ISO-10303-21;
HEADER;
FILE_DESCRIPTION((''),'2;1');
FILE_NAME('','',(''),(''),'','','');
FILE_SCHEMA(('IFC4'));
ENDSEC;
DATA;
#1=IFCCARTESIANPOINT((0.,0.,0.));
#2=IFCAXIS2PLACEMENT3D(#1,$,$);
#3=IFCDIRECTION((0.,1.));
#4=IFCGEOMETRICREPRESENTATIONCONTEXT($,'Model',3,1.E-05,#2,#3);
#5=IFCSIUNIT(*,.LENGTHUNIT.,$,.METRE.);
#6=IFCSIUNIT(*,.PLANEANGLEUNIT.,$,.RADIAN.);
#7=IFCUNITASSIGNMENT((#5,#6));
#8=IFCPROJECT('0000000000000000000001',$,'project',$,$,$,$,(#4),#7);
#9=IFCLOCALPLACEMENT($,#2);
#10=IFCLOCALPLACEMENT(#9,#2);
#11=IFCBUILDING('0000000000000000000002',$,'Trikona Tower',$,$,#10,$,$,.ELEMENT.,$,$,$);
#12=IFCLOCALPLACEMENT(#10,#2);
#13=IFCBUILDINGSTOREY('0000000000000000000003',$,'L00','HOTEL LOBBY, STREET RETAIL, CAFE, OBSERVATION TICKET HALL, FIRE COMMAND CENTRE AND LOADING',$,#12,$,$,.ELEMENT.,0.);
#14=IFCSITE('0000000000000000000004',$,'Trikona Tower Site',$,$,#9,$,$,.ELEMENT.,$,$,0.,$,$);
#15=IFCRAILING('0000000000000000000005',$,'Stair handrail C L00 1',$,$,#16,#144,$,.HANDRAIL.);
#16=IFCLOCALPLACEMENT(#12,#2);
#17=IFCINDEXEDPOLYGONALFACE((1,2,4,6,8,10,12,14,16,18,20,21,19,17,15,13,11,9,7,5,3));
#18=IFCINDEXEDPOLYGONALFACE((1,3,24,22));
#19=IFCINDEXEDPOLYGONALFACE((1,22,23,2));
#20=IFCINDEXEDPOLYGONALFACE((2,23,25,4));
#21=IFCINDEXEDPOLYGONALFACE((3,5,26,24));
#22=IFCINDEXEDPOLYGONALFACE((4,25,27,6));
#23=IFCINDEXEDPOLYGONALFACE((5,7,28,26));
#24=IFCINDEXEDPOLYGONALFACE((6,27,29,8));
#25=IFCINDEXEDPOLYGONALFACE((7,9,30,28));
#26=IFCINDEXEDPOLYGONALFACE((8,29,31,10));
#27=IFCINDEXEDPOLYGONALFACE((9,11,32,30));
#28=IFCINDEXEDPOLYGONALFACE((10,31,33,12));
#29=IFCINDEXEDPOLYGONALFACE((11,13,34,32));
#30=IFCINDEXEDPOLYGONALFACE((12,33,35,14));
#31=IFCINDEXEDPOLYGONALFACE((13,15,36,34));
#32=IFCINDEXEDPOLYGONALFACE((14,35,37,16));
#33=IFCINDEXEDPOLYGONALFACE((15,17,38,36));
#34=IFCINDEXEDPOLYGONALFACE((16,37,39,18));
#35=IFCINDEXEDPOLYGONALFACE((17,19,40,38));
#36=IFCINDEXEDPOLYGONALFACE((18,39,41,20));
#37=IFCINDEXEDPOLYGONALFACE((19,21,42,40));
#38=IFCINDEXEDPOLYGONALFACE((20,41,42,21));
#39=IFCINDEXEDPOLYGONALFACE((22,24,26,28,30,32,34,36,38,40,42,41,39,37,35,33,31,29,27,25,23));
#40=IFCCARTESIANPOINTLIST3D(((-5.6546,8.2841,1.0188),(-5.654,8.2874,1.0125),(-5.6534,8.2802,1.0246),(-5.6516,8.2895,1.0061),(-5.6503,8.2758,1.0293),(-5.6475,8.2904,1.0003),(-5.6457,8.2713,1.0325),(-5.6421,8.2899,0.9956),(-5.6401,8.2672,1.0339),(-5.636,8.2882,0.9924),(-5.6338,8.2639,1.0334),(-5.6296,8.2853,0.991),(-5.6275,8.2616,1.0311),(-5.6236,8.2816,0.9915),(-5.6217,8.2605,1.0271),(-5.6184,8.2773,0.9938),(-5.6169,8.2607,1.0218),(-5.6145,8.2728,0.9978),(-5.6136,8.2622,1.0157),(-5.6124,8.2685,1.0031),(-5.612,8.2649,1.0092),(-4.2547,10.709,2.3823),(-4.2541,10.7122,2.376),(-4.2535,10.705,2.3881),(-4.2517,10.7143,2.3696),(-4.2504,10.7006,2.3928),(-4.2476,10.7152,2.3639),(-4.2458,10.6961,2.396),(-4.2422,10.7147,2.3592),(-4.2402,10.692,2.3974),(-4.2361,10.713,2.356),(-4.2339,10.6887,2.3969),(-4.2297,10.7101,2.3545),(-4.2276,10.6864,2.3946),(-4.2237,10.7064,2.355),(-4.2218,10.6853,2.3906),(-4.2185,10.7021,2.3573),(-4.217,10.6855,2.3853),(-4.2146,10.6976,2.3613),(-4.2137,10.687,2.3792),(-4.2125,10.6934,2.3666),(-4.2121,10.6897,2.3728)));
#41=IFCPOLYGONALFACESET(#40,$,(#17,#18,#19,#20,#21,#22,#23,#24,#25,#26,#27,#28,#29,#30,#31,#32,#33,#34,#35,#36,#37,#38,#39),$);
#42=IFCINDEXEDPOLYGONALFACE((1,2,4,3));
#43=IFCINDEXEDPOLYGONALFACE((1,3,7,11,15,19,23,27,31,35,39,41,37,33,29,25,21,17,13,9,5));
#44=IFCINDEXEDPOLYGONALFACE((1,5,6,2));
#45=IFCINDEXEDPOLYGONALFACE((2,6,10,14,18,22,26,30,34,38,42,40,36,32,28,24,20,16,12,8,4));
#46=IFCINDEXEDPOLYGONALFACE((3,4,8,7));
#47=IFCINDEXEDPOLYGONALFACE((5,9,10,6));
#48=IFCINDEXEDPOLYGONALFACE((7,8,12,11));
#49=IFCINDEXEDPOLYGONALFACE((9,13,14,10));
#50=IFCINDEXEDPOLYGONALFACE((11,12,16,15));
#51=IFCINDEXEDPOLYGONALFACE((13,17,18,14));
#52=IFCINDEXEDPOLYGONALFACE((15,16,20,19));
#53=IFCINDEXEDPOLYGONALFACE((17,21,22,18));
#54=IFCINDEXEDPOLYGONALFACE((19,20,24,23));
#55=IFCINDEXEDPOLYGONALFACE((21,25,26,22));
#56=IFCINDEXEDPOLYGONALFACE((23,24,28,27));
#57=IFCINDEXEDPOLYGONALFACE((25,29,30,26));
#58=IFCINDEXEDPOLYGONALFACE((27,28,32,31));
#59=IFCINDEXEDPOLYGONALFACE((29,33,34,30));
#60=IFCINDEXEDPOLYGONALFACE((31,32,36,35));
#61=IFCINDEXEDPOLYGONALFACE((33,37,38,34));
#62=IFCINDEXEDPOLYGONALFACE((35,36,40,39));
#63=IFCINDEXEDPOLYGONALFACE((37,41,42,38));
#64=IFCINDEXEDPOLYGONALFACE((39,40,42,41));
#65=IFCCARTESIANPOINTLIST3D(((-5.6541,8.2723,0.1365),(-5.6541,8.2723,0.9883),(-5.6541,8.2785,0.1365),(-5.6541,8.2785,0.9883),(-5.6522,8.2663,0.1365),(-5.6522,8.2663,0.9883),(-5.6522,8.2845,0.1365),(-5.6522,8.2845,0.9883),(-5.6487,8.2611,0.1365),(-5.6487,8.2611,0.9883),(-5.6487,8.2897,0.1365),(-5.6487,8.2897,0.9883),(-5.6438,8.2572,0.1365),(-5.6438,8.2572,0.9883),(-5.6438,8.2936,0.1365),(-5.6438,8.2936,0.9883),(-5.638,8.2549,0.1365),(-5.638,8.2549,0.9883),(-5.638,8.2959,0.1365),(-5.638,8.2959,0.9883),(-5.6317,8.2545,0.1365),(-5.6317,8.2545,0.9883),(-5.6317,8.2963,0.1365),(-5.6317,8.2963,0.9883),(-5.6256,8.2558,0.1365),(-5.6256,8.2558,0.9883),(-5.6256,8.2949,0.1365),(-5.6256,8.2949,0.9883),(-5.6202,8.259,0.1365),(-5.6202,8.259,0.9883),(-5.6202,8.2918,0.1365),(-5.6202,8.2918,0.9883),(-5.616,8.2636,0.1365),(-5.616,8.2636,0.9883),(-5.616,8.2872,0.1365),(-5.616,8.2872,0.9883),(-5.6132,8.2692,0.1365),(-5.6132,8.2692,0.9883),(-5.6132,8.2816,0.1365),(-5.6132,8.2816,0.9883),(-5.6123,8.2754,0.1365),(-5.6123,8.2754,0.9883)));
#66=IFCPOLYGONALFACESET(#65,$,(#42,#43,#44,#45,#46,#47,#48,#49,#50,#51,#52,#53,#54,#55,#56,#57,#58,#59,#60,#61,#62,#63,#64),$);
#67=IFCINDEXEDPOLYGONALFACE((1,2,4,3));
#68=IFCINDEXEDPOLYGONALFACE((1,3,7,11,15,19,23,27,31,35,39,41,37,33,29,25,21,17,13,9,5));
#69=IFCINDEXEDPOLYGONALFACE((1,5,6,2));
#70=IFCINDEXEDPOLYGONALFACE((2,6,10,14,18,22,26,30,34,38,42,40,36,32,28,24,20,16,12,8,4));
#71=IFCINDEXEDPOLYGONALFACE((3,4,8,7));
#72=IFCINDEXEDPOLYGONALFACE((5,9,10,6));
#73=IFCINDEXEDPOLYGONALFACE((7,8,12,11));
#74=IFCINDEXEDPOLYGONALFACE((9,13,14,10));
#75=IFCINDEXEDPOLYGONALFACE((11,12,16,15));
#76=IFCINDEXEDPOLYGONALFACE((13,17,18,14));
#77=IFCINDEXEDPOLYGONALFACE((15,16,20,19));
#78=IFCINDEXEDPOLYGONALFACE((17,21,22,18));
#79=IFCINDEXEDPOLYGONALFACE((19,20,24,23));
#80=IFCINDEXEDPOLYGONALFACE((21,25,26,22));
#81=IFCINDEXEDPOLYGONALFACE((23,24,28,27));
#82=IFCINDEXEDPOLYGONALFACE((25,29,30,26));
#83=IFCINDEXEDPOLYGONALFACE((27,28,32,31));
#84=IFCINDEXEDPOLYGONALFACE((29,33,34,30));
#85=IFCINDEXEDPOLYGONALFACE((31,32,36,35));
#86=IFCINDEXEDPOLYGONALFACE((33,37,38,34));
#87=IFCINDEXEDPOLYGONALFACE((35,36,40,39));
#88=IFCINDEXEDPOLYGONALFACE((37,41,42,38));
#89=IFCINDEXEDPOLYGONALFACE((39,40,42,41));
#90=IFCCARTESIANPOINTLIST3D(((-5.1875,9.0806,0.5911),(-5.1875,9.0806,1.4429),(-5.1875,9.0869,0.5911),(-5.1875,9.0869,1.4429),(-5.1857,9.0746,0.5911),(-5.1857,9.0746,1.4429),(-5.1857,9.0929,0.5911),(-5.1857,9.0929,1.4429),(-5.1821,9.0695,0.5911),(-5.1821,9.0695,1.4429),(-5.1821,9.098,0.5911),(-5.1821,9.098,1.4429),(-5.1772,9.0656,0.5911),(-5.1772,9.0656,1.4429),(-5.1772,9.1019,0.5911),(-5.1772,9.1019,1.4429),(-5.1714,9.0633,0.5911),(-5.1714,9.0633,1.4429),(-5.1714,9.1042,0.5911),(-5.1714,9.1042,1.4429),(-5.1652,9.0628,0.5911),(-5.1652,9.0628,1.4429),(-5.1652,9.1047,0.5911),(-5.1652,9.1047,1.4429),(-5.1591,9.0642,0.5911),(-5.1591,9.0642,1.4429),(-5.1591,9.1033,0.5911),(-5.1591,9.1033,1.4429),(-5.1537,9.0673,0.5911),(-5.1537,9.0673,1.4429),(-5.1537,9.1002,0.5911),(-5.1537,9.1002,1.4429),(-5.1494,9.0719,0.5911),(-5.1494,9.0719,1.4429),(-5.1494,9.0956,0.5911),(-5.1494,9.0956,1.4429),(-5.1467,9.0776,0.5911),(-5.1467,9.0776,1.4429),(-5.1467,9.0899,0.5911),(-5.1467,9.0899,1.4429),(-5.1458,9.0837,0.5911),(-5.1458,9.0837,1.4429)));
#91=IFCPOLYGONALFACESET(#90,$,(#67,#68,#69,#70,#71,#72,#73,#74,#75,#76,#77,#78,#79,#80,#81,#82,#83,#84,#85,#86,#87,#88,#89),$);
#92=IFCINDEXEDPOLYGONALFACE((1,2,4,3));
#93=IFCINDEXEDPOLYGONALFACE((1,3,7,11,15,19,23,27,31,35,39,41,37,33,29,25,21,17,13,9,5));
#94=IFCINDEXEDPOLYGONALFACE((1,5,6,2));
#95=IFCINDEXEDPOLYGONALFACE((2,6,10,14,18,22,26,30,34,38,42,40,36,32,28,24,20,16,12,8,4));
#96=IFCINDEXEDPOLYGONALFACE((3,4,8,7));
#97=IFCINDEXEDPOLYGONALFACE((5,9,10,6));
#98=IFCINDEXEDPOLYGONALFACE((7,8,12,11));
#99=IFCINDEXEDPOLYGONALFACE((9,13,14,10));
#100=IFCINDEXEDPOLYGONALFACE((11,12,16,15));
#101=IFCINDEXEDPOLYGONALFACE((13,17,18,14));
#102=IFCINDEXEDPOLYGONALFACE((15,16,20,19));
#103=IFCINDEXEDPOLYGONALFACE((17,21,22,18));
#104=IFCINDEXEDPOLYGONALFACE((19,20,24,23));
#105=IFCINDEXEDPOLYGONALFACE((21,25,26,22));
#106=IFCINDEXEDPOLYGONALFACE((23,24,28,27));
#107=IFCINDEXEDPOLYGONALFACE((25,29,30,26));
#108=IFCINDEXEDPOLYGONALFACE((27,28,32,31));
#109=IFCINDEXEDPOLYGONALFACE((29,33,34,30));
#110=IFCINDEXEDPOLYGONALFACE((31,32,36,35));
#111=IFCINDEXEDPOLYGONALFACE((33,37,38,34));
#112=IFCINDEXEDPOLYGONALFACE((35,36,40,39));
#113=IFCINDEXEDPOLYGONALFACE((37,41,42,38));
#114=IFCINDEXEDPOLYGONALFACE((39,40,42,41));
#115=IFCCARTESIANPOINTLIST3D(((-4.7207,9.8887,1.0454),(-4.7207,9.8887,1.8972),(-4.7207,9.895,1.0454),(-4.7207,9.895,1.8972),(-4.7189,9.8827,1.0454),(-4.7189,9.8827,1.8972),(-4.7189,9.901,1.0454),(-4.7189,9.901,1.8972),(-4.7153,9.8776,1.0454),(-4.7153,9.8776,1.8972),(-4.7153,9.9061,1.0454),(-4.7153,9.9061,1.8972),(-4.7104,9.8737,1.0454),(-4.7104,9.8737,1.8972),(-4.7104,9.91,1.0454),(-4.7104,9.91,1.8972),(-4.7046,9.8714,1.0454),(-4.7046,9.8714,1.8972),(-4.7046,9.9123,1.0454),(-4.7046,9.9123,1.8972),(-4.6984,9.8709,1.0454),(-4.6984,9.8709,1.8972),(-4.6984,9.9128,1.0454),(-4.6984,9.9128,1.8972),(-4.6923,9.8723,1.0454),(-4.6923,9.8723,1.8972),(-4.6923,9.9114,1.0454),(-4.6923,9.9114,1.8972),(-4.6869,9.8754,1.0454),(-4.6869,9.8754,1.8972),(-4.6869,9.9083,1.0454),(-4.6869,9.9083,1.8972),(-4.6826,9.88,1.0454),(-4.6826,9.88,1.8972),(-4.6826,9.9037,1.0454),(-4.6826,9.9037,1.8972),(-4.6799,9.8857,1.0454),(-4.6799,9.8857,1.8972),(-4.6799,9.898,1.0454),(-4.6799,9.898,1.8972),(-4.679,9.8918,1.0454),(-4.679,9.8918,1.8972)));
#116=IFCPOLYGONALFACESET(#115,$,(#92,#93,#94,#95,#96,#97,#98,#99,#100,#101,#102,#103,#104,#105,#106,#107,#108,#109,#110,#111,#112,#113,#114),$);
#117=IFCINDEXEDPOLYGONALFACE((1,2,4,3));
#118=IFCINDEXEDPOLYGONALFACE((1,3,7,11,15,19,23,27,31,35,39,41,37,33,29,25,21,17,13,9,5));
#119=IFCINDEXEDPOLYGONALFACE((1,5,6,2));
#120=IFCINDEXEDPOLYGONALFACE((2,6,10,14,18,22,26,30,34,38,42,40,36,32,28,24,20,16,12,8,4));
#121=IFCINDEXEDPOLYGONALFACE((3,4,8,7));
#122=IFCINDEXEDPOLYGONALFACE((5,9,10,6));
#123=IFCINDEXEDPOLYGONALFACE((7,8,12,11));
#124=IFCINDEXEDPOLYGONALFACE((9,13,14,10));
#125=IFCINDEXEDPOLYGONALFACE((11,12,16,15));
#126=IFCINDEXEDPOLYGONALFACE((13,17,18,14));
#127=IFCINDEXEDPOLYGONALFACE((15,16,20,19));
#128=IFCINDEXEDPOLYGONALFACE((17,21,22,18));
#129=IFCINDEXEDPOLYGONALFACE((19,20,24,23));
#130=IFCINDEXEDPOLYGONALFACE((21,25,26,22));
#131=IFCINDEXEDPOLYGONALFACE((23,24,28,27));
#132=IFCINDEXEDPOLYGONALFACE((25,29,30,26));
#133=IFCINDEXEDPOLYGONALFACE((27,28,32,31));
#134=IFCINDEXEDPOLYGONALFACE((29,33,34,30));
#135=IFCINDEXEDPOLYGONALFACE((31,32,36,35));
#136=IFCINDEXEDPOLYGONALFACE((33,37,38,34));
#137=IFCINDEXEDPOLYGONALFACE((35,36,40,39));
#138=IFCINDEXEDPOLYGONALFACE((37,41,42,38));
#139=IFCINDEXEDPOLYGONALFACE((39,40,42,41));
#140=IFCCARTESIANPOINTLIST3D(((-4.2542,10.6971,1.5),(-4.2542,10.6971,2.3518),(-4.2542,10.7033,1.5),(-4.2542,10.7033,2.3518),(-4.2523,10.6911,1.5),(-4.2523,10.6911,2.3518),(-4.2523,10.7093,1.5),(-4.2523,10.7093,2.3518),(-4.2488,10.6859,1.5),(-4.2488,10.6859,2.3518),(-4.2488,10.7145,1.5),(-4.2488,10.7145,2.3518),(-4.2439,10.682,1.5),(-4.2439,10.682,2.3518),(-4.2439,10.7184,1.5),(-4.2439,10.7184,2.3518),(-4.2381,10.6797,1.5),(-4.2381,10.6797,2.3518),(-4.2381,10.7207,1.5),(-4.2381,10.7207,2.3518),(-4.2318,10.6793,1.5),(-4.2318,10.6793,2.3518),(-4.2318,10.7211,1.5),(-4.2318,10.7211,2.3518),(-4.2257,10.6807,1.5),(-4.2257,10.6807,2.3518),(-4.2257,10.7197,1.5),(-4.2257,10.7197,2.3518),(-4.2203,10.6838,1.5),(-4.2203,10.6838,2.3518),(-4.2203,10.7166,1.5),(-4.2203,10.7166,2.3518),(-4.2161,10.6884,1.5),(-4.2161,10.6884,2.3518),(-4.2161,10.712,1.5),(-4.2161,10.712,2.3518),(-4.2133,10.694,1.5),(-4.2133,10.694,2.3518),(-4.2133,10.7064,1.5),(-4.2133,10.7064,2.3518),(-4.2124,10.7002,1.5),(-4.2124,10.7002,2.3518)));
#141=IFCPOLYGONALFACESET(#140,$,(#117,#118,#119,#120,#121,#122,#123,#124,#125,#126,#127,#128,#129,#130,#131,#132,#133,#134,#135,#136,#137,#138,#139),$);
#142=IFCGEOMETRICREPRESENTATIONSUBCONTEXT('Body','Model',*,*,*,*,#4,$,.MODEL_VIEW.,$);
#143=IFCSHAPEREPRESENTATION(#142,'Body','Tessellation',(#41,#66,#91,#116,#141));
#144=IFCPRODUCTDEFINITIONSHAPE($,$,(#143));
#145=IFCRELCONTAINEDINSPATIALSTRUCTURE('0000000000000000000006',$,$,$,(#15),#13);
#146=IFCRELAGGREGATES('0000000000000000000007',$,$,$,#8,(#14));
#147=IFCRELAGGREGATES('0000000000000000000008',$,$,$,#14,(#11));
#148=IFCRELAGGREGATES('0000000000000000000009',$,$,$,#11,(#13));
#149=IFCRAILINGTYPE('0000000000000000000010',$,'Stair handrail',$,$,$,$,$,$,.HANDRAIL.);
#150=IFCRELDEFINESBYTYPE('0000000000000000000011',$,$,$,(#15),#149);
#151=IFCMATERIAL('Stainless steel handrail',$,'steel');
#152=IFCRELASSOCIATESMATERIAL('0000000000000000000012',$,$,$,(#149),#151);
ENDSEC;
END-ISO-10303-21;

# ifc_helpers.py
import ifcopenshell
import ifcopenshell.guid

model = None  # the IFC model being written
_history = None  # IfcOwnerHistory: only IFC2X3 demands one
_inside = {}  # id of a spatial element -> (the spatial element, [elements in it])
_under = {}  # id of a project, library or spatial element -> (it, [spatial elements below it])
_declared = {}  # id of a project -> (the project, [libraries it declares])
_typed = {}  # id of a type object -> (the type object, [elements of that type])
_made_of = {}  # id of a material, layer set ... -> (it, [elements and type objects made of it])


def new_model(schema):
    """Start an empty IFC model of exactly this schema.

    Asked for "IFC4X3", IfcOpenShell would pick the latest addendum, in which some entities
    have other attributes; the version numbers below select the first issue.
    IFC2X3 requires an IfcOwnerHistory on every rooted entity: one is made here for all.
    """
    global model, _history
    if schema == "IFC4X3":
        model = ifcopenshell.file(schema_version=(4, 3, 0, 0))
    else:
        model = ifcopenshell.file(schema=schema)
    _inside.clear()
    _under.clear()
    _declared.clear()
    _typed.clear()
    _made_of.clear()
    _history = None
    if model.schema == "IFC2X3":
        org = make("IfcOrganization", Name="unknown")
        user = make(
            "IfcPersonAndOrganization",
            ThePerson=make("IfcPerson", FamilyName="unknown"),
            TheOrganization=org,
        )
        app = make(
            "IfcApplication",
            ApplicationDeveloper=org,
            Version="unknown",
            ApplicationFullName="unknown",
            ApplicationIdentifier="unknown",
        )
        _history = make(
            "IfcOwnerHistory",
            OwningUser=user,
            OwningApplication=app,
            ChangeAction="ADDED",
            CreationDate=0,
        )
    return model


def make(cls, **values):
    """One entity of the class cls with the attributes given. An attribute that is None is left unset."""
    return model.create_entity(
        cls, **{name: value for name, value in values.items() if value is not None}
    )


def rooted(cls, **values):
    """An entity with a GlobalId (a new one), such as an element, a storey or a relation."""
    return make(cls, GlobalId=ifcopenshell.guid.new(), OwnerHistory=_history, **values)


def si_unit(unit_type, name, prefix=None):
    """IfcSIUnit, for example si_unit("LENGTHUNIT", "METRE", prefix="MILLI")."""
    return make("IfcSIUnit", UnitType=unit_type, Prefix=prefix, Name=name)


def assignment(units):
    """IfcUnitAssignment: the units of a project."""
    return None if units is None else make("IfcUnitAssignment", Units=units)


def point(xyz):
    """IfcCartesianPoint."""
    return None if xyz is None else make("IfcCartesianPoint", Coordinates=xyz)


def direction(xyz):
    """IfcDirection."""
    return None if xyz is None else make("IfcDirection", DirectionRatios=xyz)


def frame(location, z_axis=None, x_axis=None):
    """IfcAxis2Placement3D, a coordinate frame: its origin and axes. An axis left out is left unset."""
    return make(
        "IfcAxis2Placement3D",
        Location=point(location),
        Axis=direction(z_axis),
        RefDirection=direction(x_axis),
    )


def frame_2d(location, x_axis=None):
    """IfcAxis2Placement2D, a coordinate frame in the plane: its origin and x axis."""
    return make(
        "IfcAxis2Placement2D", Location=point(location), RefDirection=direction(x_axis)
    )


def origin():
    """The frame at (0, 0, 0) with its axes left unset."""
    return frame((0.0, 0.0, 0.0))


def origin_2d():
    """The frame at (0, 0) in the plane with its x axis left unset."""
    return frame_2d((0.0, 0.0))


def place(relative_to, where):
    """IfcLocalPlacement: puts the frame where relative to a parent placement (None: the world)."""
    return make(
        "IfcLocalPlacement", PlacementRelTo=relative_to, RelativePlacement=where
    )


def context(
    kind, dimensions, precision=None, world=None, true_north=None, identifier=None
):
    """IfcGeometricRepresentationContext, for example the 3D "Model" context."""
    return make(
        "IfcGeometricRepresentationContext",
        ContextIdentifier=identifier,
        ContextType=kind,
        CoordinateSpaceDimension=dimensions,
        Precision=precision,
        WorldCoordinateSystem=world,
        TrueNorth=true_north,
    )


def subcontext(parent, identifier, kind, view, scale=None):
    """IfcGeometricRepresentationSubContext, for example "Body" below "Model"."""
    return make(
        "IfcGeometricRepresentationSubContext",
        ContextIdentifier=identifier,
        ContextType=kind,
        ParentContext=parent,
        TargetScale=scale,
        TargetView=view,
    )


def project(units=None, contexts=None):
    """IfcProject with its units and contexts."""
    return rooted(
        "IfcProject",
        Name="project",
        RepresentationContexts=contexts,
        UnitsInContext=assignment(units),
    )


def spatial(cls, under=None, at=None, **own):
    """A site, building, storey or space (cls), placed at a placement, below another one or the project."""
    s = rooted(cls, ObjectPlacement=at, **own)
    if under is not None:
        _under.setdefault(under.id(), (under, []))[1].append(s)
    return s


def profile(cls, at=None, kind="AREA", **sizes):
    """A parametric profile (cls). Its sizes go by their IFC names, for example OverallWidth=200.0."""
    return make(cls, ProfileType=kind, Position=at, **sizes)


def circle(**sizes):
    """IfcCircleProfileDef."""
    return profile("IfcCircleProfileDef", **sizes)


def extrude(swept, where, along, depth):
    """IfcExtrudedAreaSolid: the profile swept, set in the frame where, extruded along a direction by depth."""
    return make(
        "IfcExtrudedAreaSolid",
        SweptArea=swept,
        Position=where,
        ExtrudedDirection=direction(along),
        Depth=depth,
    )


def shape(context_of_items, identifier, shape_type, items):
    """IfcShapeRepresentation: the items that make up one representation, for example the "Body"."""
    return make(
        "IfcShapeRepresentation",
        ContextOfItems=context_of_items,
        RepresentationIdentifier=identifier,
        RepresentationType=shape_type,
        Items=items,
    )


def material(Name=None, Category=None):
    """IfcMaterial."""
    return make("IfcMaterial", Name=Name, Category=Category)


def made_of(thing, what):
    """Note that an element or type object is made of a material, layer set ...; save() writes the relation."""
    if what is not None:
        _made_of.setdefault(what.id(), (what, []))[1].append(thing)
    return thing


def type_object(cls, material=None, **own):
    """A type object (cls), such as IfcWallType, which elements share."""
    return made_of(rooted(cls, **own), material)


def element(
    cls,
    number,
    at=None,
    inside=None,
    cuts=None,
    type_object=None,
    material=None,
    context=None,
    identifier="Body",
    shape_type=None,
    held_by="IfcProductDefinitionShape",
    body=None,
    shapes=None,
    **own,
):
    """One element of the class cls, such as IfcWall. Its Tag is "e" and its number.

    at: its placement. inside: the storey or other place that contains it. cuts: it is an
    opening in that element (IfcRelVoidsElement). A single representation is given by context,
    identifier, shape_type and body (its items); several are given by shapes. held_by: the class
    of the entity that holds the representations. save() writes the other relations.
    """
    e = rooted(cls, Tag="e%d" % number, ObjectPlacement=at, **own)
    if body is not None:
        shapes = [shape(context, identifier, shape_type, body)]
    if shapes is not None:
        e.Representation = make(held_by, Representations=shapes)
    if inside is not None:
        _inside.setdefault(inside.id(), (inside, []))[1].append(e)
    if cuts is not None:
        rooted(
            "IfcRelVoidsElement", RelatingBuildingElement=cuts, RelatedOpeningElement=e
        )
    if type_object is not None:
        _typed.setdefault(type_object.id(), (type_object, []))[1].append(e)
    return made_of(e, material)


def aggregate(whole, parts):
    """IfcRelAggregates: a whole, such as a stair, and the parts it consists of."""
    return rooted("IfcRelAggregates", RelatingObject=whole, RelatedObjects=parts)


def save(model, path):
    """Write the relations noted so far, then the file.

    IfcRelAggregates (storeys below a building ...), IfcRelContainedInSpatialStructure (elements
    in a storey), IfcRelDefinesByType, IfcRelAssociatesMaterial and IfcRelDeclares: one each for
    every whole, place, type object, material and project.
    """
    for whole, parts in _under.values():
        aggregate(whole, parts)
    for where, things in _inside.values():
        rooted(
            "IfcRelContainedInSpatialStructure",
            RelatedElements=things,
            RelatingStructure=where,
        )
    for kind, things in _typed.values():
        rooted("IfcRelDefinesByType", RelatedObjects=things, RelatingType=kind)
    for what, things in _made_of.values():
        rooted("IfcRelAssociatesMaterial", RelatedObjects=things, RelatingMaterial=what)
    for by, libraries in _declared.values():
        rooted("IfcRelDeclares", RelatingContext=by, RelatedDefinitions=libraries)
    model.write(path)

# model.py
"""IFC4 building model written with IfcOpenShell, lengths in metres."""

from ifc_helpers import new_model, si_unit, direction, frame, origin, origin_2d, place, context, subcontext, project, spatial, circle, extrude, material, type_object, element, save


model = new_model("IFC4")

# Units and contexts
model_context = context("Model", 3, precision=1e-05, world=origin(), true_north=direction((0.0, 1.0)))
body_context = subcontext(model_context, "Body", "Model", "MODEL_VIEW")
ifc_project = project(units=[si_unit("LENGTHUNIT", "METRE"), si_unit("PLANEANGLEUNIT", "RADIAN")], contexts=[model_context])

# Site, building, storey
site_placement = place(None, origin())
site = spatial("IfcSite", under=ifc_project, at=site_placement, Name="Trikona Tower Site", CompositionType="ELEMENT", RefElevation=0.0)
building_placement = place(site_placement, origin())
building = spatial("IfcBuilding", under=site, at=building_placement, Name="Trikona Tower", CompositionType="ELEMENT")
storey_placement = place(building_placement, origin())
storey = spatial("IfcBuildingStorey", under=building, at=storey_placement, Name="L00", Description="HOTEL LOBBY, STREET RETAIL, CAFE, OBSERVATION TICKET HALL, FIRE COMMAND CENTRE AND LOADING", CompositionType="ELEMENT", Elevation=0.0)

# Railing
ifc_material_1 = material(Name="Stainless steel handrail", Category="steel")
railing_type = type_object("IfcRailingType", Name="Stair handrail", PredefinedType="HANDRAIL", material=ifc_material_1)
railing_1_placement = place(storey_placement, frame((-5.6333, 8.2754, 0.1365)))
element("IfcRailing", 1, at=railing_1_placement, inside=storey, type_object=railing_type, Name="Stair handrail C L00 1", PredefinedType="HANDRAIL", context=body_context, shape_type="SweptSolid", body=[
    extrude(circle(Radius=0.0239, at=origin_2d()), frame((0.0, 0.0, 0.876), z_axis=(0.449514, 0.778614, 0.437833), x_axis=(-0.866035, 0.499984, 0.0)), (0.0, 0.0, 1.0), 3.1143),
    extrude(circle(Radius=0.021, at=origin_2d()), origin(), (0.0, 0.0, 1.0), 0.8518),
    extrude(circle(Radius=0.021, at=origin_2d()), frame((0.4666, 0.8083, 0.4546)), (0.0, 0.0, 1.0), 0.8518),
    extrude(circle(Radius=0.021, at=origin_2d()), frame((0.9333, 1.6165, 0.9089)), (0.0, 0.0, 1.0), 0.8518),
    extrude(circle(Radius=0.021, at=origin_2d()), frame((1.3999, 2.4248, 1.3635)), (0.0, 0.0, 1.0), 0.8518),
])

save(model, "model.ifc")
